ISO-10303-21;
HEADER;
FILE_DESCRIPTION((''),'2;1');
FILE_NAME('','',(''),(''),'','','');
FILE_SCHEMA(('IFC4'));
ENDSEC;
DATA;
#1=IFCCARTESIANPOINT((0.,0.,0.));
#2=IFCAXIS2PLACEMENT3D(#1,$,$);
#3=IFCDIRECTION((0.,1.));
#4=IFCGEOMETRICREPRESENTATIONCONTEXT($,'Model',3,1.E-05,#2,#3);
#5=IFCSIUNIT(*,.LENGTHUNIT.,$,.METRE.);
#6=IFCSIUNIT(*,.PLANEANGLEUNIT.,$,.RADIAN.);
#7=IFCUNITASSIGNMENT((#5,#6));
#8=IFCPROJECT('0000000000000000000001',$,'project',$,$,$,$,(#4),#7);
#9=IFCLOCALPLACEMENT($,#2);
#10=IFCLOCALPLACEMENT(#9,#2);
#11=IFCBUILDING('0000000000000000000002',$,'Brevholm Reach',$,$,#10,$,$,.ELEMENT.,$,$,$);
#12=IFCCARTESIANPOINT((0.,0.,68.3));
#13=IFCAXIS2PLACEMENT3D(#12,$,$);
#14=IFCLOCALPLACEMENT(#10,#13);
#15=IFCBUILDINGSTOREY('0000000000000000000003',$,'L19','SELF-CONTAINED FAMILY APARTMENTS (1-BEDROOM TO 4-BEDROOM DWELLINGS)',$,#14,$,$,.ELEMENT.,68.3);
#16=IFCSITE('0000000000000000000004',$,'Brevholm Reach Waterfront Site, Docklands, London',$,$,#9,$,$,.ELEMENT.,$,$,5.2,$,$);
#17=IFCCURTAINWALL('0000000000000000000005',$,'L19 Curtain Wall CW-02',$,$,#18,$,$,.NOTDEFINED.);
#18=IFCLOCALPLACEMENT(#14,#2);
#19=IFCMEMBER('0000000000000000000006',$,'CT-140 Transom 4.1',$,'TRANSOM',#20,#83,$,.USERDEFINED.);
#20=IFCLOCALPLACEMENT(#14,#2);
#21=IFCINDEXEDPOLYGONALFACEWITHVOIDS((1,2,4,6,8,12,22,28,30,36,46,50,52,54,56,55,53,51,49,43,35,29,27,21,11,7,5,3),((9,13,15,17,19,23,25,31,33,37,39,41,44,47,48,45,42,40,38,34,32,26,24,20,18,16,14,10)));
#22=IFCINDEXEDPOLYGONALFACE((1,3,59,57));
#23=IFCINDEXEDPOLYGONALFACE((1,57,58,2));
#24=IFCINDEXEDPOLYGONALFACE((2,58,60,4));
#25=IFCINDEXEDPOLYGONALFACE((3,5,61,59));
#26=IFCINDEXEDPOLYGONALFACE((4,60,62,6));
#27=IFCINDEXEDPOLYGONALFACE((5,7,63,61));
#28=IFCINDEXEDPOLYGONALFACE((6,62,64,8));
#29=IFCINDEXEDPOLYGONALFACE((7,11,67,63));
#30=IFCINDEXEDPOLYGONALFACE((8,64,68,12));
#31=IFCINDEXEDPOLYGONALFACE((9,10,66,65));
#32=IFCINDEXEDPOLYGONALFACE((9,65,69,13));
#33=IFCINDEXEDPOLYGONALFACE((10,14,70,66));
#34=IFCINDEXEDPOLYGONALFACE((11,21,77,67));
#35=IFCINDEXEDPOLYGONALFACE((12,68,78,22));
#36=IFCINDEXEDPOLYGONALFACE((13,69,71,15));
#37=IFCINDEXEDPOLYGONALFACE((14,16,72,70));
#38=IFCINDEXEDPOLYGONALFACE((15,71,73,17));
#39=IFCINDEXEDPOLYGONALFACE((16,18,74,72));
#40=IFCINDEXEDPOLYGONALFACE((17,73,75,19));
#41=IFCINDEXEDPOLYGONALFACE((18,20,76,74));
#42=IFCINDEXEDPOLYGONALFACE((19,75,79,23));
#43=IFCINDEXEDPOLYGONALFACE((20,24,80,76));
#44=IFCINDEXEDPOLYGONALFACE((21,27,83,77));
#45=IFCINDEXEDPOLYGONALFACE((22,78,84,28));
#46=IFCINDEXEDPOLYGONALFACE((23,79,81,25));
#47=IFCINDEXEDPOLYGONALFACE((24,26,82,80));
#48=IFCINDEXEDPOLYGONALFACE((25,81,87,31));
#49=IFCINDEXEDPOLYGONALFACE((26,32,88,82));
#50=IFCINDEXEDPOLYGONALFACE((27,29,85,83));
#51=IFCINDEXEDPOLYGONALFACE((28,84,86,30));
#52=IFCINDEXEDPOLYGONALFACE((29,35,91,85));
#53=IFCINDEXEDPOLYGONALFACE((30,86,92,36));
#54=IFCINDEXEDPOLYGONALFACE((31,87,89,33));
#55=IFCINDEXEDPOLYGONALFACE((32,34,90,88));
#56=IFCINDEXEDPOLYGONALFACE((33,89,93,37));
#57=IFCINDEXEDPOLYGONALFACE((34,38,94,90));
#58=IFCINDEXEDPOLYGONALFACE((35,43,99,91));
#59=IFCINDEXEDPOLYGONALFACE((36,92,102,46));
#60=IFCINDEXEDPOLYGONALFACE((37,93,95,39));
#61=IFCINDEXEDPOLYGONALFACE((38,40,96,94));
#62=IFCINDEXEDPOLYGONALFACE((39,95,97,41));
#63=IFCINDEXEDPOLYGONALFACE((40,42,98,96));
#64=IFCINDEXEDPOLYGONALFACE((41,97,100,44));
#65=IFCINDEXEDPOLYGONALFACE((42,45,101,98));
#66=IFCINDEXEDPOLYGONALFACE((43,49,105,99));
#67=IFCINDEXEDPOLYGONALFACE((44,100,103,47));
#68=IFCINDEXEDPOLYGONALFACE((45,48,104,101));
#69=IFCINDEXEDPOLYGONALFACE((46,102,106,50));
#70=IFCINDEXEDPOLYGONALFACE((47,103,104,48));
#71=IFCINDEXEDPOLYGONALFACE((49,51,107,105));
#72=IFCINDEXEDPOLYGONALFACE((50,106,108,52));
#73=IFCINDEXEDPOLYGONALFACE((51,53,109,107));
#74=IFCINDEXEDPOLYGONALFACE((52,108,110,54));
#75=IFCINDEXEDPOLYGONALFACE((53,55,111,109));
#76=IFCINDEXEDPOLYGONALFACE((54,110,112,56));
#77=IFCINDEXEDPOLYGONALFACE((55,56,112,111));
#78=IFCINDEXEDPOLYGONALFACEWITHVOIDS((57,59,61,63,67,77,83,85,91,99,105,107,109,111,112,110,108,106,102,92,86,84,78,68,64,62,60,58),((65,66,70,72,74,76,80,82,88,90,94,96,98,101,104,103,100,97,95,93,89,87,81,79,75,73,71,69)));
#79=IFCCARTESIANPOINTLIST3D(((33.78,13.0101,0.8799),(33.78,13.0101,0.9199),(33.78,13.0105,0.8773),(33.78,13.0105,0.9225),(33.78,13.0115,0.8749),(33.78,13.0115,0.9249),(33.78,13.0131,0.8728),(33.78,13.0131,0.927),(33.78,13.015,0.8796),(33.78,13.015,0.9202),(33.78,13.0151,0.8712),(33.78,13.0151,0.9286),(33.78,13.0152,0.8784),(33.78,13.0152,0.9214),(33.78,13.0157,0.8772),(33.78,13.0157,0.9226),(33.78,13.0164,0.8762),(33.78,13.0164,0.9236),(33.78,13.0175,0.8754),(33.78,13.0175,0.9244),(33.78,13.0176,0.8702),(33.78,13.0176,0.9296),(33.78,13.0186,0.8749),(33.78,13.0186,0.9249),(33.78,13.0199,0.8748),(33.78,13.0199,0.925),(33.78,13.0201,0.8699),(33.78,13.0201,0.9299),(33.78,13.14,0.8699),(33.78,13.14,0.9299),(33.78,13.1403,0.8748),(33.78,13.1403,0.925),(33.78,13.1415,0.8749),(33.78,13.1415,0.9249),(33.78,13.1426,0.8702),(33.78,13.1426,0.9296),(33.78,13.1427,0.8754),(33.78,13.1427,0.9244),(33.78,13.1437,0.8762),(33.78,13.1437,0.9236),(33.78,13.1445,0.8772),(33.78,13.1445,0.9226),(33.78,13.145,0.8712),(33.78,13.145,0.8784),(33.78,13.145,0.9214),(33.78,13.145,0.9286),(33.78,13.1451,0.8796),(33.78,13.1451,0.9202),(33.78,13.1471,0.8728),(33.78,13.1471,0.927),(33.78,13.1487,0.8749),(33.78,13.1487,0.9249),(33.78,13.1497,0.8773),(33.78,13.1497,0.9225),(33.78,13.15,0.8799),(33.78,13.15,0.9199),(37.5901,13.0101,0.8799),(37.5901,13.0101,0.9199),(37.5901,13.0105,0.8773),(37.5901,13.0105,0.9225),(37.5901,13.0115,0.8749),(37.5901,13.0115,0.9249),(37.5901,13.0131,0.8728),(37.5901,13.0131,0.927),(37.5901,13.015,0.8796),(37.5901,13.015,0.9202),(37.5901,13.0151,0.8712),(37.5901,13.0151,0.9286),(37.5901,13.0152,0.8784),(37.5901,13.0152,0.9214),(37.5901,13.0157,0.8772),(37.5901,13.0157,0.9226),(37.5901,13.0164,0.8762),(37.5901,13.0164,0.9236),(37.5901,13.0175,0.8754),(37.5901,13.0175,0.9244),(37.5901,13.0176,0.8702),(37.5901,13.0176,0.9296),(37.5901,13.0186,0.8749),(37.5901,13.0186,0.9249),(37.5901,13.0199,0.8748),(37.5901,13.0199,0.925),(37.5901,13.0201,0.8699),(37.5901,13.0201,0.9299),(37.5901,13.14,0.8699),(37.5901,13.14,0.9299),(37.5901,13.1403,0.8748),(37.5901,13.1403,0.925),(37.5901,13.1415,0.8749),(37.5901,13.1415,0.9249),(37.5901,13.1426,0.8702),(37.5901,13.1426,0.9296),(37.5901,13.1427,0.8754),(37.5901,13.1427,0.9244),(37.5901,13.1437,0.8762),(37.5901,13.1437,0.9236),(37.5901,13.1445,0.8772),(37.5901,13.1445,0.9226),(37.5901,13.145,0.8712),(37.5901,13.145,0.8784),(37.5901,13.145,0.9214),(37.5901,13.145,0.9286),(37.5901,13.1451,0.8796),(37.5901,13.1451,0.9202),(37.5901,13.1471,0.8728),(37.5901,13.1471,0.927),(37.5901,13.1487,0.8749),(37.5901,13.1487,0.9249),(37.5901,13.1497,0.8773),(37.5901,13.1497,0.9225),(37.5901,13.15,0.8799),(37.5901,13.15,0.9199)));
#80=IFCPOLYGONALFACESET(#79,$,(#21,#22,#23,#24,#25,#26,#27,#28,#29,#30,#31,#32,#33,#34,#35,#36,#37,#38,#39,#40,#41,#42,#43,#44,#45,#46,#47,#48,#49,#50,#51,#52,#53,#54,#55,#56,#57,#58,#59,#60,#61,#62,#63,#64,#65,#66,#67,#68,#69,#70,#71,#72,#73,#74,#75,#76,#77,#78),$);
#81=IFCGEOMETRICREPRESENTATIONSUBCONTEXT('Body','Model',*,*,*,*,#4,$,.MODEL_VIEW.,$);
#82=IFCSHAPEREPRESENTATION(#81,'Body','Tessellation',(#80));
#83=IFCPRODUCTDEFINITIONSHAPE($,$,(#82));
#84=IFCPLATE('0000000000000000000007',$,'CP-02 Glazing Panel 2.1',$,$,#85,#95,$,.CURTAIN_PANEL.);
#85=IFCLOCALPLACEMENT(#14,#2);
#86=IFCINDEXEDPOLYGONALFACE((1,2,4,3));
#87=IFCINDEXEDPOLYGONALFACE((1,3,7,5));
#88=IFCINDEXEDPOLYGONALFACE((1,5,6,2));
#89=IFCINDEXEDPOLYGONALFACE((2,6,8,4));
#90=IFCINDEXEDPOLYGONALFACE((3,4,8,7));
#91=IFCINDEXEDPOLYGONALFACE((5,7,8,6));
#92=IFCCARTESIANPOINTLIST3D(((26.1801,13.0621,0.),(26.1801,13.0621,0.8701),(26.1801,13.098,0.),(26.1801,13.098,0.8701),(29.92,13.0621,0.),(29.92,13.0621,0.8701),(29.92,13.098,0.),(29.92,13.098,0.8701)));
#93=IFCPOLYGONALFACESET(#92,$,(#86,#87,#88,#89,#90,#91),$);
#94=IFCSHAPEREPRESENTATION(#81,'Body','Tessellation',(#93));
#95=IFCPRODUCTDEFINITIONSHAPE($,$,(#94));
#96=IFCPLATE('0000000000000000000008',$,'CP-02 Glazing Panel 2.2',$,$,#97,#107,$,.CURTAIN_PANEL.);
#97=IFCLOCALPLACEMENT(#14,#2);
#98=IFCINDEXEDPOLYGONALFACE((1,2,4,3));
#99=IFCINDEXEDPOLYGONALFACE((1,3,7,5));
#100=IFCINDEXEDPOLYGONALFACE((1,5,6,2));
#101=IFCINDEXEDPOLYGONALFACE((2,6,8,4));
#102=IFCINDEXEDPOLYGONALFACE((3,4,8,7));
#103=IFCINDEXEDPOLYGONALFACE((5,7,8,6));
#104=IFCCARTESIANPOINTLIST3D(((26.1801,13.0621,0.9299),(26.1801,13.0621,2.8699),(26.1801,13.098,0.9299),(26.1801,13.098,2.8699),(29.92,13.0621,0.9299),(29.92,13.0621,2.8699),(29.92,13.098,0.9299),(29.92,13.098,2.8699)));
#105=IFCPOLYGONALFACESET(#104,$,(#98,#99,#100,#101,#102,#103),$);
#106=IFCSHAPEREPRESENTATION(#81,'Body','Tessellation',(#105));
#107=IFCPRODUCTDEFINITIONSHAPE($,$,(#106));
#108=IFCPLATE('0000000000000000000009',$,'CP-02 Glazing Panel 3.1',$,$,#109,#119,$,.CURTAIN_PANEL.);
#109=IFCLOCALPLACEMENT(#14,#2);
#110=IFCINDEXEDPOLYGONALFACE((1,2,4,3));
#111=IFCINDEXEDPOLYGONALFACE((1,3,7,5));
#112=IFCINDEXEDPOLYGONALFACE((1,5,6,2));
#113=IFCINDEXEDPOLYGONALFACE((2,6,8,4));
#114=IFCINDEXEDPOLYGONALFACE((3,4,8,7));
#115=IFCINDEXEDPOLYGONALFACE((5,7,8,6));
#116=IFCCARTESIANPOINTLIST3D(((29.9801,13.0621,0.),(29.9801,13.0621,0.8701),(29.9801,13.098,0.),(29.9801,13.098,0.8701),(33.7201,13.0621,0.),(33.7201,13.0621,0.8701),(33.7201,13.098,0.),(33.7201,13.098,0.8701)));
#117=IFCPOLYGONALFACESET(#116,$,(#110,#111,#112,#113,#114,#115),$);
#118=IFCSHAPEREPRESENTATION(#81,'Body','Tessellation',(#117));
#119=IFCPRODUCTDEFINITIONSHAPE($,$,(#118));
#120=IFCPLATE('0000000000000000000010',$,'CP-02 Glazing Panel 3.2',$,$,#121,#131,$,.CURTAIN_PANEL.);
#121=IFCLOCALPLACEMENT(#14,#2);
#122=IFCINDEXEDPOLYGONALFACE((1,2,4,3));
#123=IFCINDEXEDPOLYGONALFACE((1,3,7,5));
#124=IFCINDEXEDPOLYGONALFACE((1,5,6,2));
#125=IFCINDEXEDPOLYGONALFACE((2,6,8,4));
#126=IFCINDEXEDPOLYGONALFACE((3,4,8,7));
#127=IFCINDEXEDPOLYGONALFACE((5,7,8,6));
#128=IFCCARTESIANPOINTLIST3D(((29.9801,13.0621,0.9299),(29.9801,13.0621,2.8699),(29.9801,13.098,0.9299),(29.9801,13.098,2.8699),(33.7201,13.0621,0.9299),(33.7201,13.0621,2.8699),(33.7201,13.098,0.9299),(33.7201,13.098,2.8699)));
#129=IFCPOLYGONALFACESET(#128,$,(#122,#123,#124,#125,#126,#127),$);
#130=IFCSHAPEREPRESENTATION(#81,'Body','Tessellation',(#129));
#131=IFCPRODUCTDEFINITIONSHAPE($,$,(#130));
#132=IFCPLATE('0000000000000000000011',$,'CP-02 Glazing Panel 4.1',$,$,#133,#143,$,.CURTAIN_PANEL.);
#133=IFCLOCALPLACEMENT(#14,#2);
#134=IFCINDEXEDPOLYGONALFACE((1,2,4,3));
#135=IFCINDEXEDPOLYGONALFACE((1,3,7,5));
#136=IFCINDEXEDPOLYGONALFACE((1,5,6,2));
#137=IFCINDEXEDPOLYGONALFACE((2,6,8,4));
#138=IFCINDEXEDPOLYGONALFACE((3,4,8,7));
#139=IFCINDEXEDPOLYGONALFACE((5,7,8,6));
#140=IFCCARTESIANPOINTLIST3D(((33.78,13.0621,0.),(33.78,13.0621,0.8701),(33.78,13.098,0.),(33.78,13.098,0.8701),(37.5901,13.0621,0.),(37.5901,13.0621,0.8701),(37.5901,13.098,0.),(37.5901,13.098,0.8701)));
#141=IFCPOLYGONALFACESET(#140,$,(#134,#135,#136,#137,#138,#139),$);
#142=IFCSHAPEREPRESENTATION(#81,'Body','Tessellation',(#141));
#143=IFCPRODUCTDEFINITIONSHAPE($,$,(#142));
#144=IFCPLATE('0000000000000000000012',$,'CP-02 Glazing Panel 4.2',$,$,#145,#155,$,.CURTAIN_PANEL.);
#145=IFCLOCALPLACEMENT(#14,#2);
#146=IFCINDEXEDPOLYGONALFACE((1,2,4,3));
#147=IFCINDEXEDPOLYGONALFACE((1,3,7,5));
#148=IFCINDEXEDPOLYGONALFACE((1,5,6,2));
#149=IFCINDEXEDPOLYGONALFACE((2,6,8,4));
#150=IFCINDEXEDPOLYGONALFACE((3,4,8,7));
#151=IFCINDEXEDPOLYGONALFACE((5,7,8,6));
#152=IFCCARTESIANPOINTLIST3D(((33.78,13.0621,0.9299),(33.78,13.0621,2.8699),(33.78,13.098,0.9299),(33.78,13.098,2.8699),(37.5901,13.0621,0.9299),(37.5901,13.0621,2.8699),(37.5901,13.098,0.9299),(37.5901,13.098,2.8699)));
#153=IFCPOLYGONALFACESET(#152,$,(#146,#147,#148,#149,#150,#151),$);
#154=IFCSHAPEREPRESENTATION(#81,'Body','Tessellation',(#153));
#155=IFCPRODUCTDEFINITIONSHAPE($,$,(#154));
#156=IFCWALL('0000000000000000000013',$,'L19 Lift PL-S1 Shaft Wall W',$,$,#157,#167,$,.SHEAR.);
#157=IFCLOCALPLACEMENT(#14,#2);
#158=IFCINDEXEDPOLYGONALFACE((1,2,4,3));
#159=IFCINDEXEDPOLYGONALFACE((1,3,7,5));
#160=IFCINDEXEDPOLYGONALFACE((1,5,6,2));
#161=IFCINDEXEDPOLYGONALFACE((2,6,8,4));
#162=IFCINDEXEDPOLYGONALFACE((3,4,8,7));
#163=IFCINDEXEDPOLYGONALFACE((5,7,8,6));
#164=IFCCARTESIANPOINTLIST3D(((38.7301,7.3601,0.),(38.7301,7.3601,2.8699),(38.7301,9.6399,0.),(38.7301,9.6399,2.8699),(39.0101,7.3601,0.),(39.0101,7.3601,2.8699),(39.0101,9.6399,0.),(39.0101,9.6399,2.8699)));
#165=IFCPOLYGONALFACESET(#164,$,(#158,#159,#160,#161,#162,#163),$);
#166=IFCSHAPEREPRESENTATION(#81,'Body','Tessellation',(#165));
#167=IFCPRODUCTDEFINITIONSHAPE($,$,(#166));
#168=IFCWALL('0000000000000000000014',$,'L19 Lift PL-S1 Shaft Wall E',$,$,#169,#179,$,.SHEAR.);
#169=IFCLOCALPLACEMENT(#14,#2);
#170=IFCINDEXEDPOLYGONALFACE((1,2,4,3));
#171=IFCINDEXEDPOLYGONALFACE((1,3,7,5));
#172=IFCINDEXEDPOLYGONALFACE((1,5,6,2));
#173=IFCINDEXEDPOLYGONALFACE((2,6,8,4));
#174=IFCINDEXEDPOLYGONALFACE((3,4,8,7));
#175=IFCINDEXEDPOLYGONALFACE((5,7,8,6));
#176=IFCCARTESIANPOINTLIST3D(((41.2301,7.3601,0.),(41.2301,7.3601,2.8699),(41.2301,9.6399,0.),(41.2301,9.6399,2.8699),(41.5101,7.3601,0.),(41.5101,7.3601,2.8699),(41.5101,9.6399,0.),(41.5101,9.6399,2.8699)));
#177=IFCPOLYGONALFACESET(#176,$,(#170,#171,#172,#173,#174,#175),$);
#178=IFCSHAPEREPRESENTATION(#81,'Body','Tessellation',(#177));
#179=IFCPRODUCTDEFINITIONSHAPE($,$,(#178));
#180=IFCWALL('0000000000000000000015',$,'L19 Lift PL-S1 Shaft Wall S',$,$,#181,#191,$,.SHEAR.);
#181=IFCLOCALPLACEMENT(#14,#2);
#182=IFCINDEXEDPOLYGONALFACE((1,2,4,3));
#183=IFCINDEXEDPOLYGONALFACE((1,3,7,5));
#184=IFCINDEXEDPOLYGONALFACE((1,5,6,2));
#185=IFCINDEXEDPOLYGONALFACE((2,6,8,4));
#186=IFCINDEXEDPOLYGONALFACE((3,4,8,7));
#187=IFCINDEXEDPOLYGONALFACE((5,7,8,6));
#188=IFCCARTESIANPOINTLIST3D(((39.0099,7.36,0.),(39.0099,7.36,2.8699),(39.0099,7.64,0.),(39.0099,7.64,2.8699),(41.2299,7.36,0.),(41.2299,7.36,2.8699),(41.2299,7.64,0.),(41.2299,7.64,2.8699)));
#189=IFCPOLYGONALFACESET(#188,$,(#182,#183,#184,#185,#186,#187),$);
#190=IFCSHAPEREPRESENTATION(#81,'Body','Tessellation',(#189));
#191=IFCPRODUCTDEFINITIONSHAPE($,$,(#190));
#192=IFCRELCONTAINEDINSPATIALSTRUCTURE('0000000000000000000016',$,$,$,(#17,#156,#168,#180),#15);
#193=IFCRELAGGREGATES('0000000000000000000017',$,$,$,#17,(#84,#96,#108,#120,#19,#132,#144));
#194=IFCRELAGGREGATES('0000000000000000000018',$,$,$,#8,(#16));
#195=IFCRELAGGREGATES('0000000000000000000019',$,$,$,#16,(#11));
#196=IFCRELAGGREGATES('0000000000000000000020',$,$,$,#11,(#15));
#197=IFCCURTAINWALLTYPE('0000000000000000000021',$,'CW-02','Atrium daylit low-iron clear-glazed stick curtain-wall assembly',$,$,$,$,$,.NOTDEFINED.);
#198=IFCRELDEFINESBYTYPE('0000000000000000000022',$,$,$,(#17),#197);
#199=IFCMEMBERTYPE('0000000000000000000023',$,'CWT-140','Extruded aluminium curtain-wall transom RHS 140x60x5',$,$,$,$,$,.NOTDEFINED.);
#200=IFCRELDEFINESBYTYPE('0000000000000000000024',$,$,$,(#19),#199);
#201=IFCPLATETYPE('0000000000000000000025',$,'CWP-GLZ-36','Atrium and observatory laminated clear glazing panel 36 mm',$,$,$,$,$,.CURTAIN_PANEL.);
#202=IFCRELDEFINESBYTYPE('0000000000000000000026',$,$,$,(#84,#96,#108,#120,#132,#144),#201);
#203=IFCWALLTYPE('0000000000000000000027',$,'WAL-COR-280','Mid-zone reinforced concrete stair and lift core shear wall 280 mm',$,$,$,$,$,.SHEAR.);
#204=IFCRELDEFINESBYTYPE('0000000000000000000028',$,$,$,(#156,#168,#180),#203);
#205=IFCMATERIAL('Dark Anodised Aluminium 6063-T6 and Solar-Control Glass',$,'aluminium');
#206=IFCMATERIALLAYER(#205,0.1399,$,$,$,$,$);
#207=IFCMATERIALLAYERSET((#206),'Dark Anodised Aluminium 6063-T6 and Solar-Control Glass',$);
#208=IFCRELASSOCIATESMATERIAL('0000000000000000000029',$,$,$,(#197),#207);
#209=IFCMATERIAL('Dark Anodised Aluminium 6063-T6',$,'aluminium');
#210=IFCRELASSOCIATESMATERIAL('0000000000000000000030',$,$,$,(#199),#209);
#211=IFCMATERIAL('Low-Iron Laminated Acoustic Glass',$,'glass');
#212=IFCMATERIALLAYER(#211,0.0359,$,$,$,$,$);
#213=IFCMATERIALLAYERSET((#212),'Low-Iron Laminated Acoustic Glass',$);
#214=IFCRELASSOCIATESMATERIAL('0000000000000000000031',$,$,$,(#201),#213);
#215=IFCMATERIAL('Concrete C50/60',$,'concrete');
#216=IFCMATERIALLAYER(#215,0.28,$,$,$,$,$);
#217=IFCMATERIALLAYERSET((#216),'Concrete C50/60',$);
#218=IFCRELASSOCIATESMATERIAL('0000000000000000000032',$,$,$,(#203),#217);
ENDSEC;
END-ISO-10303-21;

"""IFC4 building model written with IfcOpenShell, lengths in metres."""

from ifc_helpers import new_model, si_unit, direction, frame, frame_2d, origin, origin_2d, place, context, subcontext, project, spatial, rectangle, hollow_rectangle, extrude, material, layer, layer_set, material_profile, profile_set, type_object, element, aggregate, save


model = new_model("IFC4")

# Units and contexts
model_context = context("Model", 3, precision=1e-05, world=origin(), true_north=direction((0.0, 1.0)))
body_context = subcontext(model_context, "Body", "Model", "MODEL_VIEW")
ifc_project = project(units=[si_unit("LENGTHUNIT", "METRE"), si_unit("PLANEANGLEUNIT", "RADIAN")], contexts=[model_context])

# Site, building, storey
site_placement = place(None, origin())
site = spatial("IfcSite", under=ifc_project, at=site_placement, Name="Brevholm Reach Waterfront Site, Docklands, London", CompositionType="ELEMENT", RefElevation=5.2)
building_placement = place(site_placement, origin())
building = spatial("IfcBuilding", under=site, at=building_placement, Name="Brevholm Reach", CompositionType="ELEMENT")
storey_placement = place(building_placement, frame((0.0, 0.0, 68.3)))
storey = spatial("IfcBuildingStorey", under=building, at=storey_placement, Name="L19", Description="SELF-CONTAINED FAMILY APARTMENTS (1-BEDROOM TO 4-BEDROOM DWELLINGS)", CompositionType="ELEMENT", Elevation=68.3)

# Curtain wall, member, plates
ifc_material_1 = material(Name="Dark Anodised Aluminium 6063-T6 and Solar-Control Glass", Category="aluminium")
ifc_layer_1 = layer(ifc_material_1, 0.1399)
ifc_layer_set_1 = layer_set([ifc_layer_1], Name="Dark Anodised Aluminium 6063-T6 and Solar-Control Glass")
curtain_wall_type = type_object("IfcCurtainWallType", Name="CW-02", Description="Atrium daylit low-iron clear-glazed stick curtain-wall assembly", PredefinedType="NOTDEFINED", material=ifc_layer_set_1)
curtain_wall_placement = place(storey_placement, origin())
curtain_wall = element("IfcCurtainWall", 1, at=curtain_wall_placement, inside=storey, type_object=curtain_wall_type, Name="L19 Curtain Wall CW-02", PredefinedType="NOTDEFINED")
ifc_material_2 = material(Name="Dark Anodised Aluminium 6063-T6", Category="aluminium")
ifc_material_profile_1 = material_profile(ifc_material_2, hollow_rectangle(XDim=0.0601, YDim=0.1399, WallThickness=0.0049, InnerFilletRadius=0.0049, OuterFilletRadius=0.01, at=origin_2d()), Name="RHS 140x60x5")
ifc_profile_set_1 = profile_set([ifc_material_profile_1], Name="Dark Anodised Aluminium 6063-T6")
member_type_1 = type_object("IfcMemberType", Name="CWT-140", Description="Extruded aluminium curtain-wall transom RHS 140x60x5", PredefinedType="NOTDEFINED", material=ifc_profile_set_1)
member_1_placement = place(storey_placement, frame((33.78, 13.0801, 0.8999), z_axis=(1.0, 0.0, 0.0), x_axis=(0.0, 0.0, 1.0)))
member_1 = element("IfcMember", 2, at=member_1_placement, type_object=member_type_1, Name="CT-140 Transom 4.1", ObjectType="TRANSOM", PredefinedType="USERDEFINED", context=body_context, shape_type="SweptSolid", body=[
    extrude(hollow_rectangle(XDim=0.0601, YDim=0.1399, WallThickness=0.0049, InnerFilletRadius=0.0049, OuterFilletRadius=0.01, at=origin_2d()), origin(), (0.0, 0.0, 1.0), 3.8101),
])
ifc_material_3 = material(Name="Low-Iron Laminated Acoustic Glass", Category="glass")
ifc_layer_2 = layer(ifc_material_3, 0.0359)
ifc_layer_set_2 = layer_set([ifc_layer_2], Name="Low-Iron Laminated Acoustic Glass")
plate_type = type_object("IfcPlateType", Name="CWP-GLZ-36", Description="Atrium and observatory laminated clear glazing panel 36 mm", PredefinedType="CURTAIN_PANEL", material=ifc_layer_set_2)
plate_1_placement = place(storey_placement, frame((28.05, 13.0801, 0.0), z_axis=(0.0, 0.0, 1.0), x_axis=(1.0, 0.0, 0.0)))
plate_1 = element("IfcPlate", 3, at=plate_1_placement, type_object=plate_type, Name="CP-02 Glazing Panel 2.1", PredefinedType="CURTAIN_PANEL", context=body_context, shape_type="SweptSolid", body=[
    extrude(rectangle(XDim=3.74, YDim=0.0359, at=origin_2d()), origin(), (0.0, 0.0, 1.0), 0.8701),
])
plate_2_placement = place(storey_placement, frame((28.05, 13.0801, 0.9299), z_axis=(0.0, 0.0, 1.0), x_axis=(1.0, 0.0, 0.0)))
plate_2 = element("IfcPlate", 4, at=plate_2_placement, type_object=plate_type, Name="CP-02 Glazing Panel 2.2", PredefinedType="CURTAIN_PANEL", context=body_context, shape_type="SweptSolid", body=[
    extrude(rectangle(XDim=3.74, YDim=0.0359, at=origin_2d()), origin(), (0.0, 0.0, 1.0), 1.9399),
])
plate_3_placement = place(storey_placement, frame((31.8501, 13.0801, 0.0), z_axis=(0.0, 0.0, 1.0), x_axis=(1.0, 0.0, 0.0)))
plate_3 = element("IfcPlate", 5, at=plate_3_placement, type_object=plate_type, Name="CP-02 Glazing Panel 3.1", PredefinedType="CURTAIN_PANEL", context=body_context, shape_type="SweptSolid", body=[
    extrude(rectangle(XDim=3.74, YDim=0.0359, at=origin_2d()), origin(), (0.0, 0.0, 1.0), 0.8701),
])
plate_4_placement = place(storey_placement, frame((31.8501, 13.0801, 0.9299), z_axis=(0.0, 0.0, 1.0), x_axis=(1.0, 0.0, 0.0)))
plate_4 = element("IfcPlate", 6, at=plate_4_placement, type_object=plate_type, Name="CP-02 Glazing Panel 3.2", PredefinedType="CURTAIN_PANEL", context=body_context, shape_type="SweptSolid", body=[
    extrude(rectangle(XDim=3.74, YDim=0.0359, at=origin_2d()), origin(), (0.0, 0.0, 1.0), 1.9399),
])
plate_5_placement = place(storey_placement, frame((35.6851, 13.0801, 0.0), z_axis=(0.0, 0.0, 1.0), x_axis=(1.0, 0.0, 0.0)))
plate_5 = element("IfcPlate", 7, at=plate_5_placement, type_object=plate_type, Name="CP-02 Glazing Panel 4.1", PredefinedType="CURTAIN_PANEL", context=body_context, shape_type="SweptSolid", body=[
    extrude(rectangle(XDim=3.8101, YDim=0.0359, at=origin_2d()), origin(), (0.0, 0.0, 1.0), 0.8701),
])
plate_6_placement = place(storey_placement, frame((35.6851, 13.0801, 0.9299), z_axis=(0.0, 0.0, 1.0), x_axis=(1.0, 0.0, 0.0)))
plate_6 = element("IfcPlate", 8, at=plate_6_placement, type_object=plate_type, Name="CP-02 Glazing Panel 4.2", PredefinedType="CURTAIN_PANEL", context=body_context, shape_type="SweptSolid", body=[
    extrude(rectangle(XDim=3.8101, YDim=0.0359, at=origin_2d()), origin(), (0.0, 0.0, 1.0), 1.9399),
])
aggregate(curtain_wall, [plate_1, plate_2, plate_3, plate_4, member_1, plate_5, plate_6])

# Walls
ifc_material_4 = material(Name="Concrete C50/60", Category="concrete")
ifc_layer_3 = layer(ifc_material_4, 0.28)
ifc_layer_set_3 = layer_set([ifc_layer_3], Name="Concrete C50/60")
wall_type_1 = type_object("IfcWallType", Name="WAL-COR-280", Description="Mid-zone reinforced concrete stair and lift core shear wall 280 mm", PredefinedType="SHEAR", material=ifc_layer_set_3)
for number, where, z_axis, x_axis, name in (
    (9, (38.8701, 7.3601, 0.0), (0.0, 0.0, 1.0), (0.0, 1.0, 0.0), "L19 Lift PL-S1 Shaft Wall W"),
    (10, (41.3701, 7.3601, 0.0), (0.0, 0.0, 1.0), (0.0, 1.0, 0.0), "L19 Lift PL-S1 Shaft Wall E"),
):
    element("IfcWall", number, at=place(storey_placement, frame(where, z_axis=z_axis, x_axis=x_axis)), inside=storey, type_object=wall_type_1, Name=name, PredefinedType="SHEAR", context=body_context, shape_type="SweptSolid", body=[
        extrude(rectangle(XDim=2.2798, YDim=0.28, at=frame_2d((1.1399, 0.0))), origin(), (0.0, 0.0, 1.0), 2.8699),
    ])
wall_1_placement = place(storey_placement, frame((39.01, 7.5, 0.0), z_axis=(0.0, 0.0, 1.0), x_axis=(1.0, 0.0, 0.0)))
element("IfcWall", 11, at=wall_1_placement, inside=storey, type_object=wall_type_1, Name="L19 Lift PL-S1 Shaft Wall S", PredefinedType="SHEAR", context=body_context, shape_type="SweptSolid", body=[
    extrude(rectangle(XDim=2.22, YDim=0.28, at=frame_2d((1.1099, 0.0))), origin(), (0.0, 0.0, 1.0), 2.8699),
])

save(model, "model.ifc")
